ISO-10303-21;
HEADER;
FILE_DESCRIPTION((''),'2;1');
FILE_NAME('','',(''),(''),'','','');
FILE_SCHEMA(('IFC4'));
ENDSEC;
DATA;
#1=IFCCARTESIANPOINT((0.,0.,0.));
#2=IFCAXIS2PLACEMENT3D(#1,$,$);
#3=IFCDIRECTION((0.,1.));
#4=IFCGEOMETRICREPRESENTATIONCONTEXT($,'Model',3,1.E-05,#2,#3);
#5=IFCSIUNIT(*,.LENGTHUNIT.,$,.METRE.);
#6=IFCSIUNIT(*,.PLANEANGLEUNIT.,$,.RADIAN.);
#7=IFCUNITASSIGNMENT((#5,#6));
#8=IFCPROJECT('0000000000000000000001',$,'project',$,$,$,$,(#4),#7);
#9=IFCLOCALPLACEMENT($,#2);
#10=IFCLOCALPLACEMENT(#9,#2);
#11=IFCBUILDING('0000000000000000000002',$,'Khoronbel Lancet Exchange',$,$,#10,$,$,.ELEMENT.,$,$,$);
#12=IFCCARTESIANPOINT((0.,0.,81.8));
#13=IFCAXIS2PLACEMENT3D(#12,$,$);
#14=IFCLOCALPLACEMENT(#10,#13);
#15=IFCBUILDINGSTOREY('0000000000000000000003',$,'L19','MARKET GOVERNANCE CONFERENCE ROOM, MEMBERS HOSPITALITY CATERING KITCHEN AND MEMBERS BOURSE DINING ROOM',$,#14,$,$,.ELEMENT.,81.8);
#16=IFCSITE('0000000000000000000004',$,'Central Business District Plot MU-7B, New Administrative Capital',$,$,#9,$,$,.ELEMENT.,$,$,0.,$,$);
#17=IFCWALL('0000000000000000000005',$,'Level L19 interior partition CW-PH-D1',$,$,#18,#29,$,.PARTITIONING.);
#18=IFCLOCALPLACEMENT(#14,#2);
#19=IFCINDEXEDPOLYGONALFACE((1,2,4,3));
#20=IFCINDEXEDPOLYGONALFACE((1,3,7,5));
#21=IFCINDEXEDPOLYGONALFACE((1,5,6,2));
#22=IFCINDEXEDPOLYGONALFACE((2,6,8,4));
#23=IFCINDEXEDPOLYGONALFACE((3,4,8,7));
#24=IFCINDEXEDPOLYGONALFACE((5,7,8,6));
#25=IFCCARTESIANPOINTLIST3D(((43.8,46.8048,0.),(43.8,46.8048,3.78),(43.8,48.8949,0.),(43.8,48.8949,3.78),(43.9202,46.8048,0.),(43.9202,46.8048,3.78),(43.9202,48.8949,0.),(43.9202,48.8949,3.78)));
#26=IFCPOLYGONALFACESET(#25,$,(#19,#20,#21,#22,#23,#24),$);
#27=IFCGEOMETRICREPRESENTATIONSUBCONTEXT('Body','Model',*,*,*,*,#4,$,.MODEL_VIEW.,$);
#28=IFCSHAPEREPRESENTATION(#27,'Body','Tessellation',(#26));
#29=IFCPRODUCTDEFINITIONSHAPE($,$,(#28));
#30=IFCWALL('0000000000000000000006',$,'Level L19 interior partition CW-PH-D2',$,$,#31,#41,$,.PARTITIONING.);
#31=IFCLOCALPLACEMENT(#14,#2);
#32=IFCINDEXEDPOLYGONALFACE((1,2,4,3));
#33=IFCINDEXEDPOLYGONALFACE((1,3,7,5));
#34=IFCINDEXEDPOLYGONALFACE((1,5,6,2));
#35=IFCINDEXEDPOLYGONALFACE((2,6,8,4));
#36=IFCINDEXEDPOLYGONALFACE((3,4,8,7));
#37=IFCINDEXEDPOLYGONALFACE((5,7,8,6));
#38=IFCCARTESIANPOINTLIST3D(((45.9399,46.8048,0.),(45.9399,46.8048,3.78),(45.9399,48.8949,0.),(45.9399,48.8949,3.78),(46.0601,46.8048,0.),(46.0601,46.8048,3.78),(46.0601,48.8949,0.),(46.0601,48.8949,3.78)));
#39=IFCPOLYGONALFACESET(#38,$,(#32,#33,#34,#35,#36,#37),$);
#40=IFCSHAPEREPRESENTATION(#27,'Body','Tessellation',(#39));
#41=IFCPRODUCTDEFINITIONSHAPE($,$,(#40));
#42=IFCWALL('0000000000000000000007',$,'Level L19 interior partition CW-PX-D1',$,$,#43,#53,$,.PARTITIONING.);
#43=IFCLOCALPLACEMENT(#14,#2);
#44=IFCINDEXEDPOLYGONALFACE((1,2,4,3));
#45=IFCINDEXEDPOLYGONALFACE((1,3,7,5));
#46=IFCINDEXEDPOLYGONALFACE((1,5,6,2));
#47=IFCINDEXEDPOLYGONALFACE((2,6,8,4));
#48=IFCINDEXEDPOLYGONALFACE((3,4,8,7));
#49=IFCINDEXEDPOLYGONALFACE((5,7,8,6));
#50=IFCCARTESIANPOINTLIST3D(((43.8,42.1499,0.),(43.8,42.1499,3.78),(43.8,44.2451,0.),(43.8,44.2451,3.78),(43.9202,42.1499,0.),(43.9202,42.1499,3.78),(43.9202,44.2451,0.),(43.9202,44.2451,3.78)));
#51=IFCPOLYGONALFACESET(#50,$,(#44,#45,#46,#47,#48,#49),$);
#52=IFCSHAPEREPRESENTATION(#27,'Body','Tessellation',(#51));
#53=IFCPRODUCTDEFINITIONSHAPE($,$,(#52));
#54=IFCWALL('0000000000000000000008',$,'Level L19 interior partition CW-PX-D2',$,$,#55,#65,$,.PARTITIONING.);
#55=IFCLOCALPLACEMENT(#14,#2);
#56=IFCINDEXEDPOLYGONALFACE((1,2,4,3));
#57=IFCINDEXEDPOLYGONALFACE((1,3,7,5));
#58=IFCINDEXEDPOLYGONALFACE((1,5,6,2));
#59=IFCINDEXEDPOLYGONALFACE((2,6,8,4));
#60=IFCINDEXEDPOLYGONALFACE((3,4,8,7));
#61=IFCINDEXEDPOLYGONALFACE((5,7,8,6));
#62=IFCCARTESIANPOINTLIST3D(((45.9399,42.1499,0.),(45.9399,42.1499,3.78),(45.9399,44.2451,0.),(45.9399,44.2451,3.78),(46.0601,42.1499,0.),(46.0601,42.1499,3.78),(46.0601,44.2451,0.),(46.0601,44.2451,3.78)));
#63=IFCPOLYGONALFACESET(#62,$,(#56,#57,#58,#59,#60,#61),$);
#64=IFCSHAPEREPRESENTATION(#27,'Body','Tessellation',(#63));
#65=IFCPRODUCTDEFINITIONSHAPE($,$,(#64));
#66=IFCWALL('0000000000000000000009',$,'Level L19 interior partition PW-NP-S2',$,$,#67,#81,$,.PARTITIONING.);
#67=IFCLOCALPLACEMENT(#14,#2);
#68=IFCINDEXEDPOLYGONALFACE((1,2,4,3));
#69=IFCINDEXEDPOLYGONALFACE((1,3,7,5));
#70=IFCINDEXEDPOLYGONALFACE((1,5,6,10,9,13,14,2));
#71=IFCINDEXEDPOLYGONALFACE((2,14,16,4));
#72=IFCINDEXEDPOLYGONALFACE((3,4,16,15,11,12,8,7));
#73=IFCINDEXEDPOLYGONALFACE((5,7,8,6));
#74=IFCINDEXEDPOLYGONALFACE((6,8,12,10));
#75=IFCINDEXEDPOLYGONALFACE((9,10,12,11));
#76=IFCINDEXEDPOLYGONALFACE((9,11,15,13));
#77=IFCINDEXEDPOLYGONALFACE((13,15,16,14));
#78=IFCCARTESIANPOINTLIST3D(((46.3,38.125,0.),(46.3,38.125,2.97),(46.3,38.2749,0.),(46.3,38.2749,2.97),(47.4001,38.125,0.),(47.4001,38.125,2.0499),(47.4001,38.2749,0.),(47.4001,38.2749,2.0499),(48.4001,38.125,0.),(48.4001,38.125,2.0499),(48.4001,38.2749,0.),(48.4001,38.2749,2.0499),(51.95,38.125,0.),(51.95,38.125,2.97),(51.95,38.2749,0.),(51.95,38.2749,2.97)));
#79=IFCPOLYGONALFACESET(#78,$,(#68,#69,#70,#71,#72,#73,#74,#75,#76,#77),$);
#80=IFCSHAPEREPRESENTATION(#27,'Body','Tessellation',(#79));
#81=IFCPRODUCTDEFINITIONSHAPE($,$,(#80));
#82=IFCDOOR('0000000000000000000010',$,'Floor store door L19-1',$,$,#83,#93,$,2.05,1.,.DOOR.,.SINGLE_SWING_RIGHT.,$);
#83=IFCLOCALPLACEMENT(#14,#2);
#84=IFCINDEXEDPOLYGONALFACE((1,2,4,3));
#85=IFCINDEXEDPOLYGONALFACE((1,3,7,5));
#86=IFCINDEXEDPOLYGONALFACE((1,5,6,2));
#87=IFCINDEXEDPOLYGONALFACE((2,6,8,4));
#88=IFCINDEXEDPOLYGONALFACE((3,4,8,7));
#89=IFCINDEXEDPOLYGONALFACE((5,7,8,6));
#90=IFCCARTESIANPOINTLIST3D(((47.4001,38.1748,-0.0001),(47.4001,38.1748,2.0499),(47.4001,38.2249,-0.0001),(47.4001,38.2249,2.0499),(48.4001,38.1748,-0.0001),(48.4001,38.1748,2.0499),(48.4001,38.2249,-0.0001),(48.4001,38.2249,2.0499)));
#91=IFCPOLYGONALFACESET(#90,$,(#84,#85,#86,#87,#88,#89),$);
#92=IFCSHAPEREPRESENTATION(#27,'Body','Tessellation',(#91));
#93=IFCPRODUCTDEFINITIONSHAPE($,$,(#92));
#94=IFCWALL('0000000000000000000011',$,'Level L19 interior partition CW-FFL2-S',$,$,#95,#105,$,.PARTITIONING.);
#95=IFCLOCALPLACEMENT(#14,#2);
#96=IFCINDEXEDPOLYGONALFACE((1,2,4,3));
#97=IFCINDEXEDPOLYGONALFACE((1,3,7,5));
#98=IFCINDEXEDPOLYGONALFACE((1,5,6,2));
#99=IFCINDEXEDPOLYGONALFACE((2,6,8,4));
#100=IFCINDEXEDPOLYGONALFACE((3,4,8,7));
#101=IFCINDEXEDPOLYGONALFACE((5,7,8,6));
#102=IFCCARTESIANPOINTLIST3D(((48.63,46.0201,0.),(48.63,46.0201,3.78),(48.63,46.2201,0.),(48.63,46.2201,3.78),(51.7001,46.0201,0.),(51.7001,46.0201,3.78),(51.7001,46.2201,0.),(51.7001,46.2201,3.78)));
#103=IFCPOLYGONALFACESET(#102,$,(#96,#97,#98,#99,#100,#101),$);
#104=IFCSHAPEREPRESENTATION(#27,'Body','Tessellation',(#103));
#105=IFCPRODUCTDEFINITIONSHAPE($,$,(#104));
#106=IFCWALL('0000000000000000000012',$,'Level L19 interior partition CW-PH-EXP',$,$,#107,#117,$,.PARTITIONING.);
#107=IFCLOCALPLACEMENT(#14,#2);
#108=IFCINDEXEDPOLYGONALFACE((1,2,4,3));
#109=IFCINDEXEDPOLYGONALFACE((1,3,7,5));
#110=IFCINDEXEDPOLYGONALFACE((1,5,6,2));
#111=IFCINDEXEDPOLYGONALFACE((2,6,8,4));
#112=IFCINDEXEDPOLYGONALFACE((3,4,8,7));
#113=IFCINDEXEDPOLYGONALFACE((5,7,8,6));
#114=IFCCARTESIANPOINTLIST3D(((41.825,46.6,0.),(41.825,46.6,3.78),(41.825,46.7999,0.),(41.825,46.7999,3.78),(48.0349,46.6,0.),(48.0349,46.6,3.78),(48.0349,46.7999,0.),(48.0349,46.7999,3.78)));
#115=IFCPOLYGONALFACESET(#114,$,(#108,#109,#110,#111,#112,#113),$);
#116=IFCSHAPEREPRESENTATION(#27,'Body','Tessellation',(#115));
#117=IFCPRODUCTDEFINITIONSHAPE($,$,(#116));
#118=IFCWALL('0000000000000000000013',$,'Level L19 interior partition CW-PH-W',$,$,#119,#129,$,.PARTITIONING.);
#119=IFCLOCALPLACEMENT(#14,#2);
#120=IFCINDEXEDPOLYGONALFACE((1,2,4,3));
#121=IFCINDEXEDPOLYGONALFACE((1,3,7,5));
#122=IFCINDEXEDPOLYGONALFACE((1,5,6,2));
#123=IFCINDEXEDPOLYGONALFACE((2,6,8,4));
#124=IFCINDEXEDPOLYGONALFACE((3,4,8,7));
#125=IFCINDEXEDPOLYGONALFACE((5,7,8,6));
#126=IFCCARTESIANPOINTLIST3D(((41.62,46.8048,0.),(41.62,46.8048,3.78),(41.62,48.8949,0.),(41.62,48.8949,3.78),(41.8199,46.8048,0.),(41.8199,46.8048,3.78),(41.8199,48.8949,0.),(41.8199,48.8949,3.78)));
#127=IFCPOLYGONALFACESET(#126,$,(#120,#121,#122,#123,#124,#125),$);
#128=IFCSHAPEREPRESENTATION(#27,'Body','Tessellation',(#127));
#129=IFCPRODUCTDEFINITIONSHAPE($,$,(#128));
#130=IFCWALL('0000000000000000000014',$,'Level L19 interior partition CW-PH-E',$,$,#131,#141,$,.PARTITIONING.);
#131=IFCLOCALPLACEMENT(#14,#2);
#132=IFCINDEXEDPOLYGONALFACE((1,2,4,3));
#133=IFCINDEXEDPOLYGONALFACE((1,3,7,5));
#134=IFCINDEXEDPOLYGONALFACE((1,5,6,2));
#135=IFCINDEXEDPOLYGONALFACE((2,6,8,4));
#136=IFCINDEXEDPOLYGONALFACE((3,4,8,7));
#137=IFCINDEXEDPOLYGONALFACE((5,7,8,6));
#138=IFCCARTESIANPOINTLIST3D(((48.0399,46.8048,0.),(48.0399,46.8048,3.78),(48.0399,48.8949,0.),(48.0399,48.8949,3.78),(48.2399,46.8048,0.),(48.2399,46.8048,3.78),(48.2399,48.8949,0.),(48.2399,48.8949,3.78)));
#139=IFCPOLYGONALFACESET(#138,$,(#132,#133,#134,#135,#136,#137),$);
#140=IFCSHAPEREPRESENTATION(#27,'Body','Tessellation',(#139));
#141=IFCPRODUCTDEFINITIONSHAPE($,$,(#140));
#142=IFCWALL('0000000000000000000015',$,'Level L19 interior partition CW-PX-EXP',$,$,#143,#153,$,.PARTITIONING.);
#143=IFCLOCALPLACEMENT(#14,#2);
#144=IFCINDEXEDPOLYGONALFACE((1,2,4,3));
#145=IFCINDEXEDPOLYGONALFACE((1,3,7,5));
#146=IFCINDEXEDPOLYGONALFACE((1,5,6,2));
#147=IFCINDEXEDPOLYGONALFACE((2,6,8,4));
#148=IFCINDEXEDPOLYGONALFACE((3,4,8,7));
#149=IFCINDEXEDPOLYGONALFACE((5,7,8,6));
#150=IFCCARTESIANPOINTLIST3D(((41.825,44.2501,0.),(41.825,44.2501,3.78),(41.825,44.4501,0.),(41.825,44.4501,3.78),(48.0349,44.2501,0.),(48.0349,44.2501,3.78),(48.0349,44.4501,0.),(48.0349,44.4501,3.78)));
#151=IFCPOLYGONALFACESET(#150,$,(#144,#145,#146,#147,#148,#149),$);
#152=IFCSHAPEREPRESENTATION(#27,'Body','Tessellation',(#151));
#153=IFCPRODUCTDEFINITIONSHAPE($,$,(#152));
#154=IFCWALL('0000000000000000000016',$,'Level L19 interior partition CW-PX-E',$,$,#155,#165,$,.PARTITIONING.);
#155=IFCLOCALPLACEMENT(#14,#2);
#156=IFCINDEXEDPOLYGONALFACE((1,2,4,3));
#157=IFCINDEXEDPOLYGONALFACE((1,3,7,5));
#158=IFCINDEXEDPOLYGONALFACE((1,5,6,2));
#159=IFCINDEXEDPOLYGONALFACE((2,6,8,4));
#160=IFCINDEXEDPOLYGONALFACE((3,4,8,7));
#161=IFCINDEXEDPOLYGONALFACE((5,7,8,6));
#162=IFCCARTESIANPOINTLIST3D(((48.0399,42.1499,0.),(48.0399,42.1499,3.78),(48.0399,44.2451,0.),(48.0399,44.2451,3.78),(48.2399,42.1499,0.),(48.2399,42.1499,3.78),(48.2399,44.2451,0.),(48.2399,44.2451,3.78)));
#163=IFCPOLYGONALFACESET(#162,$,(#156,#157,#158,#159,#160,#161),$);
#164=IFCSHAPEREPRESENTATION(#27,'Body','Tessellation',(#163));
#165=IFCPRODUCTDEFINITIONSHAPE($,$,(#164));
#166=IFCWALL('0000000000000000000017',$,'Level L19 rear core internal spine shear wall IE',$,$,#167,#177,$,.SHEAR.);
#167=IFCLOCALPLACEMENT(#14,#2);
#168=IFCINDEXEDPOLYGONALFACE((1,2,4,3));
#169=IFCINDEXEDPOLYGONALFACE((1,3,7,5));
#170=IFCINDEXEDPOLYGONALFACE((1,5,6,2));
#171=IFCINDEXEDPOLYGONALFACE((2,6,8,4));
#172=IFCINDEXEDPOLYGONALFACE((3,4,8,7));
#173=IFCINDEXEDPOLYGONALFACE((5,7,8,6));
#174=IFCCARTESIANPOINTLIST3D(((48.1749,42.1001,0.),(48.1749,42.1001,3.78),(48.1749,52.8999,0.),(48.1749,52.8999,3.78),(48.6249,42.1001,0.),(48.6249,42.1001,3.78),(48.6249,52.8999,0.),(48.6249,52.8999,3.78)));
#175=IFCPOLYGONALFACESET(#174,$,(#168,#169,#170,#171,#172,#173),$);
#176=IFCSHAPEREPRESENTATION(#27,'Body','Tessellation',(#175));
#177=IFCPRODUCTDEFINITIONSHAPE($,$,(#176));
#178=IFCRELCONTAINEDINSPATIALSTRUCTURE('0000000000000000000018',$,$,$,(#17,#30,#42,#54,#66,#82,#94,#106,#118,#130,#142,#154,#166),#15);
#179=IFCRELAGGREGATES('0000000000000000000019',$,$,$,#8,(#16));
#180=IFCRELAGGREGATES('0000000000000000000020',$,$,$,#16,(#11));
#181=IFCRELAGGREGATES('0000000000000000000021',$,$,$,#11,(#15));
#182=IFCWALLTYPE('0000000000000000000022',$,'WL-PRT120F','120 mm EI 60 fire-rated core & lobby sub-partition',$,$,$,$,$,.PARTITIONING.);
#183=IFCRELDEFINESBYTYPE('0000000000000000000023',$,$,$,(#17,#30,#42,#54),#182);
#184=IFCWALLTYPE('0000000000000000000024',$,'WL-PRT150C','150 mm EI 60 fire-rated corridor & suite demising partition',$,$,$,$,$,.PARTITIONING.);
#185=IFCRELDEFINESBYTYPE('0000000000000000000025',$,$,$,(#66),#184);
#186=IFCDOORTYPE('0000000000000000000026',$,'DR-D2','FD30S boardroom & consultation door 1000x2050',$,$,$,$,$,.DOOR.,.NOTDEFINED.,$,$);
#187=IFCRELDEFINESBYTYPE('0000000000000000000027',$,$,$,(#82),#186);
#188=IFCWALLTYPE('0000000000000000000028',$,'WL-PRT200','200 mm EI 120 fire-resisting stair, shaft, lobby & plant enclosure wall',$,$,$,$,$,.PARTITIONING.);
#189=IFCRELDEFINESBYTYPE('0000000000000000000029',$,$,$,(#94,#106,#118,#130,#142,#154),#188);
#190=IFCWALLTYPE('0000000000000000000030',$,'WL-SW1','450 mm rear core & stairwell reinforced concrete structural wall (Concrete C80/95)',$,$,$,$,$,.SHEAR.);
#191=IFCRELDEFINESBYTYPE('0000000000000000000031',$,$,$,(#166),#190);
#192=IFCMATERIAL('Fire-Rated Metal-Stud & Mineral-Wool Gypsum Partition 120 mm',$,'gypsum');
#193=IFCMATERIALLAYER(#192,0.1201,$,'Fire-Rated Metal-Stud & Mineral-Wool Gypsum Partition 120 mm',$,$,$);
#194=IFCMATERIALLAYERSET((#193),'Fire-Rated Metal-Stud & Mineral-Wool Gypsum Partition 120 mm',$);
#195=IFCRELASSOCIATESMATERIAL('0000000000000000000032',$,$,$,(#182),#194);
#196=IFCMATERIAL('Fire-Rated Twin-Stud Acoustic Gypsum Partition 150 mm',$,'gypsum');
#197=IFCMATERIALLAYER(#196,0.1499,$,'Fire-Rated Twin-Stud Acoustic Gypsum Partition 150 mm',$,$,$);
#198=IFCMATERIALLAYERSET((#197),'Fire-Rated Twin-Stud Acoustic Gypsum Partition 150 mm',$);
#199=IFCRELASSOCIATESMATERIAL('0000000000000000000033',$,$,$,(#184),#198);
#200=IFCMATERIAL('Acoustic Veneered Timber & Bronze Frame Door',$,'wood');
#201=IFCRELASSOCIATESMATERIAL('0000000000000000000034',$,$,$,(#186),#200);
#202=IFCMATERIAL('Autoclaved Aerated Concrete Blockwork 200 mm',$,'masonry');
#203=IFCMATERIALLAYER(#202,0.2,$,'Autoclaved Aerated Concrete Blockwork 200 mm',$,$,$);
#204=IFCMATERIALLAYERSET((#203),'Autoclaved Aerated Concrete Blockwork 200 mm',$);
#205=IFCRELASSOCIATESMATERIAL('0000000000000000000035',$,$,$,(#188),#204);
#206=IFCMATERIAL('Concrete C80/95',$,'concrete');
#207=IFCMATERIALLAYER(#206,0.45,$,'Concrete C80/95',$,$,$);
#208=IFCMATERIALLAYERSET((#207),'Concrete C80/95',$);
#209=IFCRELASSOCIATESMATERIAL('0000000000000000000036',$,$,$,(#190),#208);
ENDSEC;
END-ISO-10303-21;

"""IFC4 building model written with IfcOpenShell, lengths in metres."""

from ifc_helpers import new_model, si_unit, direction, frame, frame_2d, origin, place, context, subcontext, project, spatial, rectangle, extrude, material, layer, layer_set, type_object, element, fill, save


model = new_model("IFC4")

# Units and contexts
model_context = context("Model", 3, precision=1e-05, world=origin(), true_north=direction((0.0, 1.0)))
body_context = subcontext(model_context, "Body", "Model", "MODEL_VIEW")
ifc_project = project(units=[si_unit("LENGTHUNIT", "METRE"), si_unit("PLANEANGLEUNIT", "RADIAN")], contexts=[model_context])

# Site, building, storey
site_placement = place(None, origin())
site = spatial("IfcSite", under=ifc_project, at=site_placement, Name="Central Business District Plot MU-7B, New Administrative Capital", CompositionType="ELEMENT", RefElevation=0.0)
building_placement = place(site_placement, origin())
building = spatial("IfcBuilding", under=site, at=building_placement, Name="Khoronbel Lancet Exchange", CompositionType="ELEMENT")
storey_placement = place(building_placement, frame((0.0, 0.0, 81.8)))
storey = spatial("IfcBuildingStorey", under=building, at=storey_placement, Name="L19", Description="MARKET GOVERNANCE CONFERENCE ROOM, MEMBERS HOSPITALITY CATERING KITCHEN AND MEMBERS BOURSE DINING ROOM", CompositionType="ELEMENT", Elevation=81.8)

# Walls
ifc_material_1 = material(Name="Fire-Rated Metal-Stud & Mineral-Wool Gypsum Partition 120 mm", Category="gypsum")
ifc_layer_1 = layer(ifc_material_1, 0.1201, Name="Fire-Rated Metal-Stud & Mineral-Wool Gypsum Partition 120 mm")
ifc_layer_set_1 = layer_set([ifc_layer_1], Name="Fire-Rated Metal-Stud & Mineral-Wool Gypsum Partition 120 mm")
wall_type_1 = type_object("IfcWallType", Name="WL-PRT120F", Description="120 mm EI 60 fire-rated core & lobby sub-partition", PredefinedType="PARTITIONING", material=ifc_layer_set_1)
for number, where, z_axis, x_axis, name in (
    (1, (43.8601, 46.8049, 0.0), (0.0, 0.0, 1.0), (0.0, 1.0, 0.0), "Level L19 interior partition CW-PH-D1"),
    (2, (46.0, 46.8049, 0.0), (0.0, 0.0, 1.0), (0.0, 1.0, 0.0), "Level L19 interior partition CW-PH-D2"),
):
    element("IfcWall", number, at=place(storey_placement, frame(where, z_axis=z_axis, x_axis=x_axis)), inside=storey, type_object=wall_type_1, Name=name, PredefinedType="PARTITIONING", context=body_context, shape_type="SweptSolid", body=[
        extrude(rectangle(XDim=2.0901, YDim=0.1201, at=frame_2d((1.0449, 0.0))), origin(), (0.0, 0.0, 1.0), 3.78),
    ])
for number, where, z_axis, x_axis, name in (
    (3, (43.8601, 42.1499, 0.0), (0.0, 0.0, 1.0), (0.0, 1.0, 0.0), "Level L19 interior partition CW-PX-D1"),
    (4, (46.0, 42.1499, 0.0), (0.0, 0.0, 1.0), (0.0, 1.0, 0.0), "Level L19 interior partition CW-PX-D2"),
):
    element("IfcWall", number, at=place(storey_placement, frame(where, z_axis=z_axis, x_axis=x_axis)), inside=storey, type_object=wall_type_1, Name=name, PredefinedType="PARTITIONING", context=body_context, shape_type="SweptSolid", body=[
        extrude(rectangle(XDim=2.0952, YDim=0.1201, at=frame_2d((1.0476, 0.0))), origin(), (0.0, 0.0, 1.0), 3.78),
    ])

# Wall, opening, door
ifc_material_2 = material(Name="Fire-Rated Twin-Stud Acoustic Gypsum Partition 150 mm", Category="gypsum")
ifc_layer_2 = layer(ifc_material_2, 0.1499, Name="Fire-Rated Twin-Stud Acoustic Gypsum Partition 150 mm")
ifc_layer_set_2 = layer_set([ifc_layer_2], Name="Fire-Rated Twin-Stud Acoustic Gypsum Partition 150 mm")
wall_type_2 = type_object("IfcWallType", Name="WL-PRT150C", Description="150 mm EI 60 fire-rated corridor & suite demising partition", PredefinedType="PARTITIONING", material=ifc_layer_set_2)
wall_1_placement = place(storey_placement, frame((46.3, 38.2, 0.0), z_axis=(0.0, 0.0, 1.0), x_axis=(1.0, 0.0, 0.0)))
wall_1 = element("IfcWall", 5, at=wall_1_placement, inside=storey, type_object=wall_type_2, Name="Level L19 interior partition PW-NP-S2", PredefinedType="PARTITIONING", context=body_context, shape_type="SweptSolid", body=[
    extrude(rectangle(XDim=5.6499, YDim=0.1499, at=frame_2d((2.825, 0.0))), origin(), (0.0, 0.0, 1.0), 2.97),
])
opening_1_placement = place(wall_1_placement, frame((1.1001, 0.0, 0.0)))
opening_1 = element("IfcOpeningElement", 6, at=opening_1_placement, cuts=wall_1, PredefinedType="OPENING", context=body_context, shape_type="SweptSolid", body=[
    extrude(rectangle(XDim=1.0, YDim=2.05, at=frame_2d((0.5, 1.0249))), frame((0.0, 0.085, 0.0), z_axis=(0.0, -1.0, 0.0), x_axis=(1.0, 0.0, 0.0)), (0.0, 0.0, 1.0), 0.1699),
])
ifc_material_3 = material(Name="Acoustic Veneered Timber & Bronze Frame Door", Category="wood")
door_type_1 = type_object("IfcDoorType", Name="DR-D2", Description="FD30S boardroom & consultation door 1000x2050", OperationType="NOTDEFINED", PredefinedType="DOOR", material=ifc_material_3)
door_1_placement = place(opening_1_placement, origin())
door_1 = element("IfcDoor", 7, at=door_1_placement, inside=storey, type_object=door_type_1, Name="Floor store door L19-1", OperationType="SINGLE_SWING_RIGHT", OverallHeight=2.05, OverallWidth=1.0, PredefinedType="DOOR", context=body_context, shape_type="SweptSolid", body=[
    extrude(rectangle(XDim=1.0, YDim=2.05, at=frame_2d((0.5, 1.0249))), frame((0.0, 0.0249, 0.0), z_axis=(0.0, -1.0, 0.0), x_axis=(1.0, 0.0, 0.0)), (0.0, 0.0, 1.0), 0.05),
])
fill(opening_1, door_1)

# Walls
ifc_material_4 = material(Name="Autoclaved Aerated Concrete Blockwork 200 mm", Category="masonry")
ifc_layer_3 = layer(ifc_material_4, 0.2, Name="Autoclaved Aerated Concrete Blockwork 200 mm")
ifc_layer_set_3 = layer_set([ifc_layer_3], Name="Autoclaved Aerated Concrete Blockwork 200 mm")
wall_type_3 = type_object("IfcWallType", Name="WL-PRT200", Description="200 mm EI 120 fire-resisting stair, shaft, lobby & plant enclosure wall", PredefinedType="PARTITIONING", material=ifc_layer_set_3)
wall_2_placement = place(storey_placement, frame((48.6299, 46.1201, 0.0), z_axis=(0.0, 0.0, 1.0), x_axis=(1.0, 0.0, 0.0)))
element("IfcWall", 8, at=wall_2_placement, inside=storey, type_object=wall_type_3, Name="Level L19 interior partition CW-FFL2-S", PredefinedType="PARTITIONING", context=body_context, shape_type="SweptSolid", body=[
    extrude(rectangle(XDim=3.0701, YDim=0.2, at=frame_2d((1.5352, 0.0))), origin(), (0.0, 0.0, 1.0), 3.78),
])
wall_3_placement = place(storey_placement, frame((41.825, 46.7, 0.0), z_axis=(0.0, 0.0, 1.0), x_axis=(1.0, 0.0, 0.0)))
element("IfcWall", 9, at=wall_3_placement, inside=storey, type_object=wall_type_3, Name="Level L19 interior partition CW-PH-EXP", PredefinedType="PARTITIONING", context=body_context, shape_type="SweptSolid", body=[
    extrude(rectangle(XDim=6.21, YDim=0.2, at=frame_2d((3.105, 0.0))), origin(), (0.0, 0.0, 1.0), 3.78),
])
for number, where, z_axis, x_axis, name in (
    (10, (41.72, 46.8049, 0.0), (0.0, 0.0, 1.0), (0.0, 1.0, 0.0), "Level L19 interior partition CW-PH-W"),
    (11, (48.1399, 46.8049, 0.0), (0.0, 0.0, 1.0), (0.0, 1.0, 0.0), "Level L19 interior partition CW-PH-E"),
):
    element("IfcWall", number, at=place(storey_placement, frame(where, z_axis=z_axis, x_axis=x_axis)), inside=storey, type_object=wall_type_3, Name=name, PredefinedType="PARTITIONING", context=body_context, shape_type="SweptSolid", body=[
        extrude(rectangle(XDim=2.0901, YDim=0.2, at=frame_2d((1.0449, 0.0))), origin(), (0.0, 0.0, 1.0), 3.78),
    ])
wall_4_placement = place(storey_placement, frame((41.825, 44.3501, 0.0), z_axis=(0.0, 0.0, 1.0), x_axis=(1.0, 0.0, 0.0)))
element("IfcWall", 12, at=wall_4_placement, inside=storey, type_object=wall_type_3, Name="Level L19 interior partition CW-PX-EXP", PredefinedType="PARTITIONING", context=body_context, shape_type="SweptSolid", body=[
    extrude(rectangle(XDim=6.21, YDim=0.2, at=frame_2d((3.105, 0.0))), origin(), (0.0, 0.0, 1.0), 3.78),
])
wall_5_placement = place(storey_placement, frame((48.1399, 42.1499, 0.0), z_axis=(0.0, 0.0, 1.0), x_axis=(0.0, 1.0, 0.0)))
element("IfcWall", 13, at=wall_5_placement, inside=storey, type_object=wall_type_3, Name="Level L19 interior partition CW-PX-E", PredefinedType="PARTITIONING", context=body_context, shape_type="SweptSolid", body=[
    extrude(rectangle(XDim=2.0952, YDim=0.2, at=frame_2d((1.0476, 0.0))), origin(), (0.0, 0.0, 1.0), 3.78),
])
ifc_material_5 = material(Name="Concrete C80/95", Category="concrete")
ifc_layer_4 = layer(ifc_material_5, 0.45, Name="Concrete C80/95")
ifc_layer_set_4 = layer_set([ifc_layer_4], Name="Concrete C80/95")
wall_type_4 = type_object("IfcWallType", Name="WL-SW1", Description="450 mm rear core & stairwell reinforced concrete structural wall (Concrete C80/95)", PredefinedType="SHEAR", material=ifc_layer_set_4)
wall_6_placement = place(storey_placement, frame((48.3999, 42.1001, 0.0), z_axis=(0.0, 0.0, 1.0), x_axis=(0.0, 1.0, 0.0)))
element("IfcWall", 14, at=wall_6_placement, inside=storey, type_object=wall_type_4, Name="Level L19 rear core internal spine shear wall IE", PredefinedType="SHEAR", context=body_context, shape_type="SweptSolid", body=[
    extrude(rectangle(XDim=10.7998, YDim=0.45, at=frame_2d((5.3999, 0.0))), origin(), (0.0, 0.0, 1.0), 3.78),
])

save(model, "model.ifc")
